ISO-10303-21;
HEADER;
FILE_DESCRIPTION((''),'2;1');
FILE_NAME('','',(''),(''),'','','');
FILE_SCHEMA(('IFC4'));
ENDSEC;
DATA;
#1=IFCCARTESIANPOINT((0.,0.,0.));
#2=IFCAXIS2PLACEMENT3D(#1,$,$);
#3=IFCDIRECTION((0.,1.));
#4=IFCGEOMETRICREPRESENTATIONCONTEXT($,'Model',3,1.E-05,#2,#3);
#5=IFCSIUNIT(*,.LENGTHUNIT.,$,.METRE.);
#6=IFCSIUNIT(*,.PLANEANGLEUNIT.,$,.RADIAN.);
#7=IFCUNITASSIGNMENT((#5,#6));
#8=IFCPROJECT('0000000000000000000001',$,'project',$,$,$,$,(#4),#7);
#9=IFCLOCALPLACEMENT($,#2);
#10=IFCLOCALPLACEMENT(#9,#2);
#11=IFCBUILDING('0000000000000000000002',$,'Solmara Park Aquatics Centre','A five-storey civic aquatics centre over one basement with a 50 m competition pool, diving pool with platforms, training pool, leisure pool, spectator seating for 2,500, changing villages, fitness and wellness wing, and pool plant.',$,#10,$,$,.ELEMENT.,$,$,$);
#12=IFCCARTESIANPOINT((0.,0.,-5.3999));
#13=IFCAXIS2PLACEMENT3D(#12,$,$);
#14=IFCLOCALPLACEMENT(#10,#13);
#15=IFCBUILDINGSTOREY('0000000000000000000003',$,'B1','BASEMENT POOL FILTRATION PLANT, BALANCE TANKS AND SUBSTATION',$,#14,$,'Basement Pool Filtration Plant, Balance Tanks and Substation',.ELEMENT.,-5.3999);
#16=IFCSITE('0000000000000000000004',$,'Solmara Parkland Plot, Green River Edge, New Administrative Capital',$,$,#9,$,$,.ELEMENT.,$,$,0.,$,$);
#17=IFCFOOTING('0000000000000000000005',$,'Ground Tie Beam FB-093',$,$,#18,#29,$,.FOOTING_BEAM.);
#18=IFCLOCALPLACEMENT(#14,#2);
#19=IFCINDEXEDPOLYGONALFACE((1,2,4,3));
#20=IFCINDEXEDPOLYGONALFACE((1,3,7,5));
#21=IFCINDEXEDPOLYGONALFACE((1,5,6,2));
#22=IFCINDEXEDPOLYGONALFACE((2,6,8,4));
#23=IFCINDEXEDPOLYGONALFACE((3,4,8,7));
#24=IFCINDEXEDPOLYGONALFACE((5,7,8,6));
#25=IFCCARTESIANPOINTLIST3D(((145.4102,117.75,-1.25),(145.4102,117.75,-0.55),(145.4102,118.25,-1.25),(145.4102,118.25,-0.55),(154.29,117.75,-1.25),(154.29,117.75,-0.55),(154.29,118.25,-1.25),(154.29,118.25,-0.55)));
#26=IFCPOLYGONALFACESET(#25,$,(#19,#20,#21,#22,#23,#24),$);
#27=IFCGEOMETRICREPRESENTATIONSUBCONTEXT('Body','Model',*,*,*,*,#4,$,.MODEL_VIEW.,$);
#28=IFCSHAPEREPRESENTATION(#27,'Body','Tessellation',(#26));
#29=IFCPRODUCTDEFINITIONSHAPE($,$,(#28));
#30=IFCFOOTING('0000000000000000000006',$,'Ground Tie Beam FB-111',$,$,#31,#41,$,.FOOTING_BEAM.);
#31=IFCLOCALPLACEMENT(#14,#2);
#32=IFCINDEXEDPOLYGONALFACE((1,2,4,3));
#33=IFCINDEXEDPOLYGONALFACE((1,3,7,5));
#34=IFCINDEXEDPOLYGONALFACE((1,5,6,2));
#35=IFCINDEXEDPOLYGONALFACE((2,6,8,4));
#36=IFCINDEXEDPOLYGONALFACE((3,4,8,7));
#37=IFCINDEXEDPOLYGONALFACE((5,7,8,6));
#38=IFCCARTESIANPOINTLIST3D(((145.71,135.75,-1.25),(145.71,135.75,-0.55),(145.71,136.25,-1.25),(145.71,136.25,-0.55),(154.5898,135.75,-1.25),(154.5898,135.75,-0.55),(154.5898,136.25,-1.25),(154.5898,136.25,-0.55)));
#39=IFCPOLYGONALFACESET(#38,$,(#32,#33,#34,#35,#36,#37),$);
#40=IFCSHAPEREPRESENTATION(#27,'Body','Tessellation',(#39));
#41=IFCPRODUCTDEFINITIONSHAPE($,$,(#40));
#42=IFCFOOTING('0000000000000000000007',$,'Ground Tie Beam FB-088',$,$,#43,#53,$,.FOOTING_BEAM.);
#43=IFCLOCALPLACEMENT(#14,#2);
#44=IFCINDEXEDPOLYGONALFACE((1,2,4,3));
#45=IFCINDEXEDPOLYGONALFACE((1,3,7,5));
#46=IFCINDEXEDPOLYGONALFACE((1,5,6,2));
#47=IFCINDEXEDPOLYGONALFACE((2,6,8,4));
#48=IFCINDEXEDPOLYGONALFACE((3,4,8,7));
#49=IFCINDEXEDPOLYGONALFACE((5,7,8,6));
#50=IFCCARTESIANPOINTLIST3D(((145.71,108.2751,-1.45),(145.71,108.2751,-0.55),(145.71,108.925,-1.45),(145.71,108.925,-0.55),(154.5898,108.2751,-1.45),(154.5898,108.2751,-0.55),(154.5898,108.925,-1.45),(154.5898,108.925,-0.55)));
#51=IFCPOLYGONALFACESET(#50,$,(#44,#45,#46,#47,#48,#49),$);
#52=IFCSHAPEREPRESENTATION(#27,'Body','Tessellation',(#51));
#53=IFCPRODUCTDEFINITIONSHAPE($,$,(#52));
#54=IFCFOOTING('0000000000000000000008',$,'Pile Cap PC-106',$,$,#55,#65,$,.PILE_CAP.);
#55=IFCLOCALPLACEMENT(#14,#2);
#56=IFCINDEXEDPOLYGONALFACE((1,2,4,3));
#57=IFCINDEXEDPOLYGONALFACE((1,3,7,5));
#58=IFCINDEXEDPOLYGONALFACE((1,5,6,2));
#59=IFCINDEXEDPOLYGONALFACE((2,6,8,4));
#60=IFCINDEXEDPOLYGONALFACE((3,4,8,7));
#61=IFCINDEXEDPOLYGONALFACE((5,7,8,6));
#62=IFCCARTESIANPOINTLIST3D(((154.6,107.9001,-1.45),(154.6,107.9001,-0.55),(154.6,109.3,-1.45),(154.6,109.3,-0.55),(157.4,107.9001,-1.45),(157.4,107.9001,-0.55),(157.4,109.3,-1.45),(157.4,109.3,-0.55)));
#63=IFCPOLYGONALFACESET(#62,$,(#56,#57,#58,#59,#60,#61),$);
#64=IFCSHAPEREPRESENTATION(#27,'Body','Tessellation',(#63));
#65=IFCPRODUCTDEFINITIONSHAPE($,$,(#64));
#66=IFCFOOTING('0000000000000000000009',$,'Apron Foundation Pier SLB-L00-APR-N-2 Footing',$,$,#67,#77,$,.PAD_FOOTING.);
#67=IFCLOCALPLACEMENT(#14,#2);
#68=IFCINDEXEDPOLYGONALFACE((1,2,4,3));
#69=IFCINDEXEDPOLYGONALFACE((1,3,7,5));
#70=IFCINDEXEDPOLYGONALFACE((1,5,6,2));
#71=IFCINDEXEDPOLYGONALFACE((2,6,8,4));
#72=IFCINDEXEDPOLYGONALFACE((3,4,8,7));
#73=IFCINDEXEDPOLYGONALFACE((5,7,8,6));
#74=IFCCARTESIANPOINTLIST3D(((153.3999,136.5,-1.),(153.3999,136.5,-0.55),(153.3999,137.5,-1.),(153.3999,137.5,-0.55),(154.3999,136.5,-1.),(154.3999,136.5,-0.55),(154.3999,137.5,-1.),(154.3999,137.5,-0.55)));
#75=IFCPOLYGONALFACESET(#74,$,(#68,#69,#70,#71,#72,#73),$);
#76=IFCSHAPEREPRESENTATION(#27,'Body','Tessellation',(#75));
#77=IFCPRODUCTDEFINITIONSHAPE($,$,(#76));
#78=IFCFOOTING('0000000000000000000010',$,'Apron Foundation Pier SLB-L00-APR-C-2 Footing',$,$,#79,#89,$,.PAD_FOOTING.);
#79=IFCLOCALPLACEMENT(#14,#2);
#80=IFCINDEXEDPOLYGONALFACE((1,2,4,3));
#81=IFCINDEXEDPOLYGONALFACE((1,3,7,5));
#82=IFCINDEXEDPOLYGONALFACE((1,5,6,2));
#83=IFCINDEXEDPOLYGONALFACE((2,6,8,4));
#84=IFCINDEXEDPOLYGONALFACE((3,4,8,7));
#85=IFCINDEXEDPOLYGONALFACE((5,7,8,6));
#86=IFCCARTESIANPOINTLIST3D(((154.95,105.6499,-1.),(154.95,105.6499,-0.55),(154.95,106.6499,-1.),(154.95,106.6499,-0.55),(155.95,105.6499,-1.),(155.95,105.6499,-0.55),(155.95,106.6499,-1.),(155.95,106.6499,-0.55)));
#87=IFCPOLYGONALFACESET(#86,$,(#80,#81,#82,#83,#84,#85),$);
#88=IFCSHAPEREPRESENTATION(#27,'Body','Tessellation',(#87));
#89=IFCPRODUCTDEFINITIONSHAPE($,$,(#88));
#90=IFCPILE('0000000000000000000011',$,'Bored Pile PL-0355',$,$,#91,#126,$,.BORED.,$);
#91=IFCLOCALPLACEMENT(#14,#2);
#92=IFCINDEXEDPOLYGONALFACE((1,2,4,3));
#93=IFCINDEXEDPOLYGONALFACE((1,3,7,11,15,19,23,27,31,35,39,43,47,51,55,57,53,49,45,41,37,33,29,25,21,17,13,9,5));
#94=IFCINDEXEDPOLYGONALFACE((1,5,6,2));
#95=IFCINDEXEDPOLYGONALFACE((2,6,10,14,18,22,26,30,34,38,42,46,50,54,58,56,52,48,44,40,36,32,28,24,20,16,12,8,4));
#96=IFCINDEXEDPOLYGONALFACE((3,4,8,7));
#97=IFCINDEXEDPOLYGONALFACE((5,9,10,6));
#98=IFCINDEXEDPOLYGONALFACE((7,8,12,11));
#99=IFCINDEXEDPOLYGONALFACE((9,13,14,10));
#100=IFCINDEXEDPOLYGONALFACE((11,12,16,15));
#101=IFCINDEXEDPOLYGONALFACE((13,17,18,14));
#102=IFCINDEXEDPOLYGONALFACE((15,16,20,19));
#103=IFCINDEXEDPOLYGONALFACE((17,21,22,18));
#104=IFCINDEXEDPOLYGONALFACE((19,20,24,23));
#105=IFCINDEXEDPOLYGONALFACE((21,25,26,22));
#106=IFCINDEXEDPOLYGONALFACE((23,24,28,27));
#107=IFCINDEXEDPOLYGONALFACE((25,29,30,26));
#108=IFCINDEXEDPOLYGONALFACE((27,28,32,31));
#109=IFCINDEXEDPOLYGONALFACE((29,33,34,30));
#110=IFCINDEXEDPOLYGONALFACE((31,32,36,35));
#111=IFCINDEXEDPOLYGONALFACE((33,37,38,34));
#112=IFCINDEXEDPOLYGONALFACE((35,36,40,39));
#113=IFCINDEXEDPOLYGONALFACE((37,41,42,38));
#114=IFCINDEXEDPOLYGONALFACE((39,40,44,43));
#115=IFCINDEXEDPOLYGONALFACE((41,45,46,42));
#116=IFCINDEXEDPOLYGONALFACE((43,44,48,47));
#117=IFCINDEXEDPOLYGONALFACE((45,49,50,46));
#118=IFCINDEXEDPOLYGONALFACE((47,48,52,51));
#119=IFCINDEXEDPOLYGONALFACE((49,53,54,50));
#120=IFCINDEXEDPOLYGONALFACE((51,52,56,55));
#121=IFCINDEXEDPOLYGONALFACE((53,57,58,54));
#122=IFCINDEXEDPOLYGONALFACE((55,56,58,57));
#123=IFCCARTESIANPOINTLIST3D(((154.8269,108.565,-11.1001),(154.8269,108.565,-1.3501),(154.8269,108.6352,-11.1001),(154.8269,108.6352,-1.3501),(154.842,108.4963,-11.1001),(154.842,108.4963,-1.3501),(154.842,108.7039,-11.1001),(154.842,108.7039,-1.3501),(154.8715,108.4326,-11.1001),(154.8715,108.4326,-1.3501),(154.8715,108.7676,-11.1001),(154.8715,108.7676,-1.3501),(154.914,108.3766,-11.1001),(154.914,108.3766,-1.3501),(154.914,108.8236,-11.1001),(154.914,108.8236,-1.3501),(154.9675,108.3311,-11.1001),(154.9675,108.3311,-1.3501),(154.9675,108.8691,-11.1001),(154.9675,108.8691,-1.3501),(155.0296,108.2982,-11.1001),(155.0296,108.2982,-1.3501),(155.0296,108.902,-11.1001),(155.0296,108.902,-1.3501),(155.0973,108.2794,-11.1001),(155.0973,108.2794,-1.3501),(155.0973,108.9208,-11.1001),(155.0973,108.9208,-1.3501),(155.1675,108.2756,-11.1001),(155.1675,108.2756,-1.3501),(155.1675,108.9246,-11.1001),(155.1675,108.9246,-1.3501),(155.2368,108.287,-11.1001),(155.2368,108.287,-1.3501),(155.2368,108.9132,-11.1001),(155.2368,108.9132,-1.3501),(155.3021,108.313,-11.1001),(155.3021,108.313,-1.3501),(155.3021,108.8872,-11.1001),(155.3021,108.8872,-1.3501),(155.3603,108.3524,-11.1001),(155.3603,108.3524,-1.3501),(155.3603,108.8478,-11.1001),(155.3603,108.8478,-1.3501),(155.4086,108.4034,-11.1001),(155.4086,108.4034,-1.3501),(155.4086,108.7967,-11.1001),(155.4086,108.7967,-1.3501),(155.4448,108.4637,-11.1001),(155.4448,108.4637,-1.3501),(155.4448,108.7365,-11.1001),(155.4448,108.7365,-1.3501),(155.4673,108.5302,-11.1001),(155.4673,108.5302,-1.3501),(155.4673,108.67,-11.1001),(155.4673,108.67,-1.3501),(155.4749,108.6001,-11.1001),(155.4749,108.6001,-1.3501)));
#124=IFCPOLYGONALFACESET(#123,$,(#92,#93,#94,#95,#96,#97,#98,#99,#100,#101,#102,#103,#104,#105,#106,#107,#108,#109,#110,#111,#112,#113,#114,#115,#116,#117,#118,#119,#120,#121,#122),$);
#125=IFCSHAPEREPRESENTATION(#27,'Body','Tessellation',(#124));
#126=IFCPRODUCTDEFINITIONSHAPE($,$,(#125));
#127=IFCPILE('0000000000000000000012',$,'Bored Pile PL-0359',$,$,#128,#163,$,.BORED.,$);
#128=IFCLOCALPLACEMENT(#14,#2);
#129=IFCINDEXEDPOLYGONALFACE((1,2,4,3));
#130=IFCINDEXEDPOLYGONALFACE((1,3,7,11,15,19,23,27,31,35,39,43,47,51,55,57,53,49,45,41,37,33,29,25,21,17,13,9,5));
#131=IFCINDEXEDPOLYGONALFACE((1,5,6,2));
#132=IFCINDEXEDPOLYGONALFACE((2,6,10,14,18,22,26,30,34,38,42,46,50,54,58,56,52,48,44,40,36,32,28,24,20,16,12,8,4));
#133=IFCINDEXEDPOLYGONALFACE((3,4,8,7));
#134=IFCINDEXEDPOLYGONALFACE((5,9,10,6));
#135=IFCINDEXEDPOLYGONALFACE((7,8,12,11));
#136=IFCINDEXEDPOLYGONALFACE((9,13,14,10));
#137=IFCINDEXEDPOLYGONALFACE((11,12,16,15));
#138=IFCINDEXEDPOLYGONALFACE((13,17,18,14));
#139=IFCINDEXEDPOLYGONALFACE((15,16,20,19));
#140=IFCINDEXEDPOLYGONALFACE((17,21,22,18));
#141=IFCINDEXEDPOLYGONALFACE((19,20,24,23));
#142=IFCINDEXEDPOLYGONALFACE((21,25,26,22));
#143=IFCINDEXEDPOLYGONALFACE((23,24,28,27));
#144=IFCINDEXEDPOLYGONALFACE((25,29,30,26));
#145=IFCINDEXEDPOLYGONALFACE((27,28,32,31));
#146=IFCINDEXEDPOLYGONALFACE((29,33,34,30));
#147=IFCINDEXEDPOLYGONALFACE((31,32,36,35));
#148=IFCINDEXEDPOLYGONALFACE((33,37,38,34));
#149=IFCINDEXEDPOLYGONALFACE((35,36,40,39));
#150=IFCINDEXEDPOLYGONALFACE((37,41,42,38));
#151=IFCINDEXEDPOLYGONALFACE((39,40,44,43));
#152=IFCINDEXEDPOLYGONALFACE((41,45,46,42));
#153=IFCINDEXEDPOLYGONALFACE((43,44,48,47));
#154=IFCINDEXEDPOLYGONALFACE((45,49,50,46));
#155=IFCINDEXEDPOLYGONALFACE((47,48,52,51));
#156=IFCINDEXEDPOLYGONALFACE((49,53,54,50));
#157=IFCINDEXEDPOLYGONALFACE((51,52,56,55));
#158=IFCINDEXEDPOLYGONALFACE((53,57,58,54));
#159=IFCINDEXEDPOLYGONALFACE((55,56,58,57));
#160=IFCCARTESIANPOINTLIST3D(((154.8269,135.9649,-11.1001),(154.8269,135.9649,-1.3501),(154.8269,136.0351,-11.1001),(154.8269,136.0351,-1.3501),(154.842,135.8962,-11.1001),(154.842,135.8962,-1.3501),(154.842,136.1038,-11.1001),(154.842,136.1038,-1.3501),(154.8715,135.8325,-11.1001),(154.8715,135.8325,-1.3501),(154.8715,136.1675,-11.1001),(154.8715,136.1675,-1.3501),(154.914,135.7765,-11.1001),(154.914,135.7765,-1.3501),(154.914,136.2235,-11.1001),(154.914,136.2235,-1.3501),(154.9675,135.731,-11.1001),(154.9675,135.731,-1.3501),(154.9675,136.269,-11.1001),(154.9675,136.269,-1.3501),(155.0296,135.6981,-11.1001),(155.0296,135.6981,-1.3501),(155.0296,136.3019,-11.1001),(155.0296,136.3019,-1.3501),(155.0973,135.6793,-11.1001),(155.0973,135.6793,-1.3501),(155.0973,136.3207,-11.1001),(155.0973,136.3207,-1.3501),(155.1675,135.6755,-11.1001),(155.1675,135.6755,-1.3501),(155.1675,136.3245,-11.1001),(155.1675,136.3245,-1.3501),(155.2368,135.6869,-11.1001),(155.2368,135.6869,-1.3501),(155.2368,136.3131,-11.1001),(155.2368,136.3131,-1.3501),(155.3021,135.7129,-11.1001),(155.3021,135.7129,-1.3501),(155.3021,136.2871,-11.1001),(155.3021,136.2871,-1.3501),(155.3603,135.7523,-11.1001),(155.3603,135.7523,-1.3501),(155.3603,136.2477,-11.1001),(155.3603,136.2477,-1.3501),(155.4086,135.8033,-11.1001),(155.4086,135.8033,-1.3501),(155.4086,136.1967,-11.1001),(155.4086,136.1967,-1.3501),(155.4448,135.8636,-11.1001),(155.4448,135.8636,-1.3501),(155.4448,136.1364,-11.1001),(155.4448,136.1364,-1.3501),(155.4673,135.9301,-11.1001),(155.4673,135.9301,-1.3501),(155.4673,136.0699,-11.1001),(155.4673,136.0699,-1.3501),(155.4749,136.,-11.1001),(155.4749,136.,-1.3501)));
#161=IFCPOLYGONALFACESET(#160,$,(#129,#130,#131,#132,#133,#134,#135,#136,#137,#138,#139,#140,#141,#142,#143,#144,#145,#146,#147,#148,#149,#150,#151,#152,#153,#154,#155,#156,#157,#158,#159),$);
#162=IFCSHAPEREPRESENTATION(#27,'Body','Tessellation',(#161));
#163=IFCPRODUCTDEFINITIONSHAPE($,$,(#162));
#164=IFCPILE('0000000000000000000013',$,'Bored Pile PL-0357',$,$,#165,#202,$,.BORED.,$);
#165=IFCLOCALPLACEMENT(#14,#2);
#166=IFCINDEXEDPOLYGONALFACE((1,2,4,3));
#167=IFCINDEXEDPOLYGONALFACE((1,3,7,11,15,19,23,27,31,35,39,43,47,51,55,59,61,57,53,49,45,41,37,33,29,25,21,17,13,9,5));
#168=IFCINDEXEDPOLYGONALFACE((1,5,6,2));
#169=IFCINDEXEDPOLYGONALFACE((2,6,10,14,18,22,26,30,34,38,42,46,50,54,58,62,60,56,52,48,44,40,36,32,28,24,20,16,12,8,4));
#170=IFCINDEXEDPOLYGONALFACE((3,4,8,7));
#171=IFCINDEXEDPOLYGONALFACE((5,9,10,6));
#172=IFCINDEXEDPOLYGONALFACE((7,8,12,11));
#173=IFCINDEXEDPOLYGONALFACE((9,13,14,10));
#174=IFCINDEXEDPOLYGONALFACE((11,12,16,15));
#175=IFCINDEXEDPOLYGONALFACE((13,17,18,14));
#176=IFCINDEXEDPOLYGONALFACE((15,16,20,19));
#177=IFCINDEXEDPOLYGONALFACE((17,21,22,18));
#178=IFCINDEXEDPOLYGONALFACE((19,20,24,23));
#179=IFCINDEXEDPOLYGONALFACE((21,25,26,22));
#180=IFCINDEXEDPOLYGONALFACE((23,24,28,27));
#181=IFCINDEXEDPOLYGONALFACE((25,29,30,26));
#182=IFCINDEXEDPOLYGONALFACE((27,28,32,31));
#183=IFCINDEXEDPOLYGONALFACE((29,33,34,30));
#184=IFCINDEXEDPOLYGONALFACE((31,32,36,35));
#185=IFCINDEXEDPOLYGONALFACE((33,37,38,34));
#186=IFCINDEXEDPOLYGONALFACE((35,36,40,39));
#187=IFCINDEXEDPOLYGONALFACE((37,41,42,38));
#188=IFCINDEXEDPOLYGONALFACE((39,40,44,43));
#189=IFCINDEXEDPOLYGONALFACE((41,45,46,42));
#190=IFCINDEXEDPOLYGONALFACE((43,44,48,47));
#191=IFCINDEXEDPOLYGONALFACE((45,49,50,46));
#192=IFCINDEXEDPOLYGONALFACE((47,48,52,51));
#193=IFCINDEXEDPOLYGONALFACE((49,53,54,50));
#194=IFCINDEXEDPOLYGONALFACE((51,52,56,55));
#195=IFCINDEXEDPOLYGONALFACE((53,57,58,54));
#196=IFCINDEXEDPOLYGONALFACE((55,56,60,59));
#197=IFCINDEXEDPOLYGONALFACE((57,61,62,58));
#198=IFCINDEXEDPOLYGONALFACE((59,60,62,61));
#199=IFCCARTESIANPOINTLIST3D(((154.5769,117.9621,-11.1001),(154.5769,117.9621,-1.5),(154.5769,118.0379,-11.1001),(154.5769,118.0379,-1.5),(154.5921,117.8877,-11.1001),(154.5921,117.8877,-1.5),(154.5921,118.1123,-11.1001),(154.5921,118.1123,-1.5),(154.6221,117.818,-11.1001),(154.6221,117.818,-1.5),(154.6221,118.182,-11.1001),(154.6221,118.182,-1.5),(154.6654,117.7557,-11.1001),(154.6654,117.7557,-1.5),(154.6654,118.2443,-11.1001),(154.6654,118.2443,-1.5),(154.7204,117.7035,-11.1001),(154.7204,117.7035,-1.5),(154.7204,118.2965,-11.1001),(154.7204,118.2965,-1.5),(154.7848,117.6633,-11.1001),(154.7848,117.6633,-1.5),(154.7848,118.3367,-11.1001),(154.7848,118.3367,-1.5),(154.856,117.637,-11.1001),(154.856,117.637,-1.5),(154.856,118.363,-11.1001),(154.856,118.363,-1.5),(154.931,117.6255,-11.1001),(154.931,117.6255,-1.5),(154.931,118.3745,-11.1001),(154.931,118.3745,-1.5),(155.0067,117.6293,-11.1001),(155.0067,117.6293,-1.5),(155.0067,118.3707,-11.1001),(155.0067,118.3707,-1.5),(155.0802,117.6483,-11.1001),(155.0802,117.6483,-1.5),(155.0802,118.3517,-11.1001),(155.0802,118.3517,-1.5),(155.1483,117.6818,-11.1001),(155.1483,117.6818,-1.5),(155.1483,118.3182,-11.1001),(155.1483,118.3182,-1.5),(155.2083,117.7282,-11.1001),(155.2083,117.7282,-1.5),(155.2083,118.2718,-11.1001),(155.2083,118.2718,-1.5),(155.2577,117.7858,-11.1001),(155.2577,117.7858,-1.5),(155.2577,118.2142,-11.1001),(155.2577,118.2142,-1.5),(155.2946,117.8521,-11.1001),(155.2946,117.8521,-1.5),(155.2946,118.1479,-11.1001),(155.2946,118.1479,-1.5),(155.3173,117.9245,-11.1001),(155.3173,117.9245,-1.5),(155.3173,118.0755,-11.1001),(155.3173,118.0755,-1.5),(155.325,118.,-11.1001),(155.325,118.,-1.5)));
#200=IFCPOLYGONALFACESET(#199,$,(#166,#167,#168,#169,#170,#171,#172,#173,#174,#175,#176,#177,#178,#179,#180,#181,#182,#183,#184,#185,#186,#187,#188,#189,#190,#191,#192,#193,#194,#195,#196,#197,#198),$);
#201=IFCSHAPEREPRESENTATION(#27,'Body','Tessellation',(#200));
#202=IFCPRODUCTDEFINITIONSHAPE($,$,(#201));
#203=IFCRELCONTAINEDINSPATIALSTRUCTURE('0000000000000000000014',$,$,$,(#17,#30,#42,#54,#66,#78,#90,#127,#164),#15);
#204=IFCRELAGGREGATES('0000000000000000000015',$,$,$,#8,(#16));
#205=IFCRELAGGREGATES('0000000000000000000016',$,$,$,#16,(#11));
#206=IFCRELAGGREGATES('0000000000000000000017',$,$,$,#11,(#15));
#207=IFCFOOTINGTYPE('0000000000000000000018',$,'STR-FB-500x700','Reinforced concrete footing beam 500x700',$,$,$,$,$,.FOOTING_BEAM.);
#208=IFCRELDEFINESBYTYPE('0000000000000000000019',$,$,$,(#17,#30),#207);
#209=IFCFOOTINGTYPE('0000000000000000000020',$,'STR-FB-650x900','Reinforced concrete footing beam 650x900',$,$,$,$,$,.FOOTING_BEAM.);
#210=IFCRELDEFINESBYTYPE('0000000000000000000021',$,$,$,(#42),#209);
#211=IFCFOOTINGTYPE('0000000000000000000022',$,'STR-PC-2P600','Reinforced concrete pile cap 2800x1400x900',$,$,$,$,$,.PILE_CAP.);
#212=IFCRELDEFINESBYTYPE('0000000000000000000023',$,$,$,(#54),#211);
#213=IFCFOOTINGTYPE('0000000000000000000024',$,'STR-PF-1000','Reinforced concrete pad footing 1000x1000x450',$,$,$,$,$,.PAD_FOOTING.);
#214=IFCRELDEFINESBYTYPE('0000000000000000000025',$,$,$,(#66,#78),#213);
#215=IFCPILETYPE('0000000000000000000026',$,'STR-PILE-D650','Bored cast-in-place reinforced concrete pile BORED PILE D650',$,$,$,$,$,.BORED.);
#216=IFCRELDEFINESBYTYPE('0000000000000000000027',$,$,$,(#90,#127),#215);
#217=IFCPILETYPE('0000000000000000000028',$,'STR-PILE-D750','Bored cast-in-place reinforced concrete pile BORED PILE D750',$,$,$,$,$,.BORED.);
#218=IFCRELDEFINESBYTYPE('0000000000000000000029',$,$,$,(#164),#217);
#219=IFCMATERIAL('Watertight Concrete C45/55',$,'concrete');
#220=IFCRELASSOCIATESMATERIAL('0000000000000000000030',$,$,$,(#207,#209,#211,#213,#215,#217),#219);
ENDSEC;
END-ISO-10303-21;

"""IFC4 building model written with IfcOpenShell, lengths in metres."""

from ifc_helpers import new_model, si_unit, direction, frame, origin, origin_2d, place, context, subcontext, project, spatial, rectangle, circle, extrude, material, material_profile, profile_set, type_object, element, save


model = new_model("IFC4")

# Units and contexts
model_context = context("Model", 3, precision=1e-05, world=origin(), true_north=direction((0.0, 1.0)))
body_context = subcontext(model_context, "Body", "Model", "MODEL_VIEW")
ifc_project = project(units=[si_unit("LENGTHUNIT", "METRE"), si_unit("PLANEANGLEUNIT", "RADIAN")], contexts=[model_context])

# Site, building, storey
site_placement = place(None, origin())
site = spatial("IfcSite", under=ifc_project, at=site_placement, Name="Solmara Parkland Plot, Green River Edge, New Administrative Capital", CompositionType="ELEMENT", RefElevation=0.0)
building_placement = place(site_placement, origin())
building = spatial("IfcBuilding", under=site, at=building_placement, Name="Solmara Park Aquatics Centre", Description="A five-storey civic aquatics centre over one basement with a 50 m competition pool, diving pool with platforms, training pool, leisure pool, spectator seating for 2,500, changing villages, fitness and wellness wing, and pool plant.", CompositionType="ELEMENT")
storey_placement = place(building_placement, frame((0.0, 0.0, -5.3999)))
storey = spatial("IfcBuildingStorey", under=building, at=storey_placement, Name="B1", Description="BASEMENT POOL FILTRATION PLANT, BALANCE TANKS AND SUBSTATION", LongName="Basement Pool Filtration Plant, Balance Tanks and Substation", CompositionType="ELEMENT", Elevation=-5.3999)

# Footings
ifc_material_1 = material(Name="Watertight Concrete C45/55", Category="concrete")
footing_type_1 = type_object("IfcFootingType", Name="STR-FB-500x700", Description="Reinforced concrete footing beam 500x700", PredefinedType="FOOTING_BEAM", material=ifc_material_1)
for number, where, z_axis, x_axis, name in (
    (1, (149.8501, 118.0, -1.25), (0.0, 0.0, 1.0), (1.0, 0.0, 0.0), "Ground Tie Beam FB-093"),
    (2, (150.1499, 136.0, -1.25), (0.0, 0.0, 1.0), (1.0, 0.0, 0.0), "Ground Tie Beam FB-111"),
):
    element("IfcFooting", number, at=place(storey_placement, frame(where, z_axis=z_axis, x_axis=x_axis)), inside=storey, type_object=footing_type_1, Name=name, PredefinedType="FOOTING_BEAM", context=body_context, shape_type="SweptSolid", body=[
        extrude(rectangle(XDim=8.8799, YDim=0.5, at=origin_2d()), origin(), (0.0, 0.0, 1.0), 0.7),
    ])
footing_type_2 = type_object("IfcFootingType", Name="STR-FB-650x900", Description="Reinforced concrete footing beam 650x900", PredefinedType="FOOTING_BEAM", material=ifc_material_1)
footing_1_placement = place(storey_placement, frame((150.1499, 108.6001, -1.45), z_axis=(0.0, 0.0, 1.0), x_axis=(1.0, 0.0, 0.0)))
element("IfcFooting", 3, at=footing_1_placement, inside=storey, type_object=footing_type_2, Name="Ground Tie Beam FB-088", PredefinedType="FOOTING_BEAM", context=body_context, shape_type="SweptSolid", body=[
    extrude(rectangle(XDim=8.8799, YDim=0.6499, at=origin_2d()), origin(), (0.0, 0.0, 1.0), 0.8999),
])
footing_type_3 = type_object("IfcFootingType", Name="STR-PC-2P600", Description="Reinforced concrete pile cap 2800x1400x900", PredefinedType="PILE_CAP", material=ifc_material_1)
footing_2_placement = place(storey_placement, frame((156.0, 108.6001, -1.45), z_axis=(0.0, 0.0, 1.0), x_axis=(1.0, 0.0, 0.0)))
element("IfcFooting", 4, at=footing_2_placement, inside=storey, type_object=footing_type_3, Name="Pile Cap PC-106", PredefinedType="PILE_CAP", context=body_context, shape_type="SweptSolid", body=[
    extrude(rectangle(XDim=2.8, YDim=1.3999, at=origin_2d()), origin(), (0.0, 0.0, 1.0), 0.8999),
])
footing_type_4 = type_object("IfcFootingType", Name="STR-PF-1000", Description="Reinforced concrete pad footing 1000x1000x450", PredefinedType="PAD_FOOTING", material=ifc_material_1)
for number, where, z_axis, x_axis, name in (
    (5, (153.8999, 137.0, -1.0), (0.0, 0.0, 1.0), (1.0, 0.0, 0.0), "Apron Foundation Pier SLB-L00-APR-N-2 Footing"),
    (6, (155.45, 106.1499, -1.0), (0.0, 0.0, 1.0), (1.0, 0.0, 0.0), "Apron Foundation Pier SLB-L00-APR-C-2 Footing"),
):
    element("IfcFooting", number, at=place(storey_placement, frame(where, z_axis=z_axis, x_axis=x_axis)), inside=storey, type_object=footing_type_4, Name=name, PredefinedType="PAD_FOOTING", context=body_context, shape_type="SweptSolid", body=[
        extrude(rectangle(XDim=1.0, YDim=1.0, at=origin_2d()), origin(), (0.0, 0.0, 1.0), 0.45),
    ])

# Piles
ifc_material_profile_1 = material_profile(ifc_material_1, circle(Radius=0.325, at=origin_2d()), Name="BORED PILE D650")
ifc_profile_set_1 = profile_set([ifc_material_profile_1], Name="Watertight Concrete C45/55")
pile_type_1 = type_object("IfcPileType", Name="STR-PILE-D650", Description="Bored cast-in-place reinforced concrete pile BORED PILE D650", PredefinedType="BORED", material=ifc_profile_set_1)
for number, where, z_axis, x_axis, name in (
    (7, (155.1499, 108.6001, -1.3501), (0.0, 0.0, -1.0), (1.0, 0.0, 0.0), "Bored Pile PL-0355"),
    (8, (155.1499, 136.0, -1.3501), (0.0, 0.0, -1.0), (1.0, 0.0, 0.0), "Bored Pile PL-0359"),
):
    element("IfcPile", number, at=place(storey_placement, frame(where, z_axis=z_axis, x_axis=x_axis)), inside=storey, type_object=pile_type_1, Name=name, PredefinedType="BORED", context=body_context, shape_type="SweptSolid", body=[
        extrude(circle(Radius=0.325, at=origin_2d()), origin(), (0.0, 0.0, 1.0), 9.75),
    ])
ifc_material_profile_2 = material_profile(ifc_material_1, circle(Radius=0.375, at=origin_2d()), Name="BORED PILE D750")
ifc_profile_set_2 = profile_set([ifc_material_profile_2], Name="Watertight Concrete C45/55")
pile_type_2 = type_object("IfcPileType", Name="STR-PILE-D750", Description="Bored cast-in-place reinforced concrete pile BORED PILE D750", PredefinedType="BORED", material=ifc_profile_set_2)
pile_placement = place(storey_placement, frame((154.95, 118.0, -1.5), z_axis=(0.0, 0.0, -1.0), x_axis=(1.0, 0.0, 0.0)))
element("IfcPile", 9, at=pile_placement, inside=storey, type_object=pile_type_2, Name="Bored Pile PL-0357", PredefinedType="BORED", context=body_context, shape_type="SweptSolid", body=[
    extrude(circle(Radius=0.375, at=origin_2d()), origin(), (0.0, 0.0, 1.0), 9.6001),
])

save(model, "model.ifc")
